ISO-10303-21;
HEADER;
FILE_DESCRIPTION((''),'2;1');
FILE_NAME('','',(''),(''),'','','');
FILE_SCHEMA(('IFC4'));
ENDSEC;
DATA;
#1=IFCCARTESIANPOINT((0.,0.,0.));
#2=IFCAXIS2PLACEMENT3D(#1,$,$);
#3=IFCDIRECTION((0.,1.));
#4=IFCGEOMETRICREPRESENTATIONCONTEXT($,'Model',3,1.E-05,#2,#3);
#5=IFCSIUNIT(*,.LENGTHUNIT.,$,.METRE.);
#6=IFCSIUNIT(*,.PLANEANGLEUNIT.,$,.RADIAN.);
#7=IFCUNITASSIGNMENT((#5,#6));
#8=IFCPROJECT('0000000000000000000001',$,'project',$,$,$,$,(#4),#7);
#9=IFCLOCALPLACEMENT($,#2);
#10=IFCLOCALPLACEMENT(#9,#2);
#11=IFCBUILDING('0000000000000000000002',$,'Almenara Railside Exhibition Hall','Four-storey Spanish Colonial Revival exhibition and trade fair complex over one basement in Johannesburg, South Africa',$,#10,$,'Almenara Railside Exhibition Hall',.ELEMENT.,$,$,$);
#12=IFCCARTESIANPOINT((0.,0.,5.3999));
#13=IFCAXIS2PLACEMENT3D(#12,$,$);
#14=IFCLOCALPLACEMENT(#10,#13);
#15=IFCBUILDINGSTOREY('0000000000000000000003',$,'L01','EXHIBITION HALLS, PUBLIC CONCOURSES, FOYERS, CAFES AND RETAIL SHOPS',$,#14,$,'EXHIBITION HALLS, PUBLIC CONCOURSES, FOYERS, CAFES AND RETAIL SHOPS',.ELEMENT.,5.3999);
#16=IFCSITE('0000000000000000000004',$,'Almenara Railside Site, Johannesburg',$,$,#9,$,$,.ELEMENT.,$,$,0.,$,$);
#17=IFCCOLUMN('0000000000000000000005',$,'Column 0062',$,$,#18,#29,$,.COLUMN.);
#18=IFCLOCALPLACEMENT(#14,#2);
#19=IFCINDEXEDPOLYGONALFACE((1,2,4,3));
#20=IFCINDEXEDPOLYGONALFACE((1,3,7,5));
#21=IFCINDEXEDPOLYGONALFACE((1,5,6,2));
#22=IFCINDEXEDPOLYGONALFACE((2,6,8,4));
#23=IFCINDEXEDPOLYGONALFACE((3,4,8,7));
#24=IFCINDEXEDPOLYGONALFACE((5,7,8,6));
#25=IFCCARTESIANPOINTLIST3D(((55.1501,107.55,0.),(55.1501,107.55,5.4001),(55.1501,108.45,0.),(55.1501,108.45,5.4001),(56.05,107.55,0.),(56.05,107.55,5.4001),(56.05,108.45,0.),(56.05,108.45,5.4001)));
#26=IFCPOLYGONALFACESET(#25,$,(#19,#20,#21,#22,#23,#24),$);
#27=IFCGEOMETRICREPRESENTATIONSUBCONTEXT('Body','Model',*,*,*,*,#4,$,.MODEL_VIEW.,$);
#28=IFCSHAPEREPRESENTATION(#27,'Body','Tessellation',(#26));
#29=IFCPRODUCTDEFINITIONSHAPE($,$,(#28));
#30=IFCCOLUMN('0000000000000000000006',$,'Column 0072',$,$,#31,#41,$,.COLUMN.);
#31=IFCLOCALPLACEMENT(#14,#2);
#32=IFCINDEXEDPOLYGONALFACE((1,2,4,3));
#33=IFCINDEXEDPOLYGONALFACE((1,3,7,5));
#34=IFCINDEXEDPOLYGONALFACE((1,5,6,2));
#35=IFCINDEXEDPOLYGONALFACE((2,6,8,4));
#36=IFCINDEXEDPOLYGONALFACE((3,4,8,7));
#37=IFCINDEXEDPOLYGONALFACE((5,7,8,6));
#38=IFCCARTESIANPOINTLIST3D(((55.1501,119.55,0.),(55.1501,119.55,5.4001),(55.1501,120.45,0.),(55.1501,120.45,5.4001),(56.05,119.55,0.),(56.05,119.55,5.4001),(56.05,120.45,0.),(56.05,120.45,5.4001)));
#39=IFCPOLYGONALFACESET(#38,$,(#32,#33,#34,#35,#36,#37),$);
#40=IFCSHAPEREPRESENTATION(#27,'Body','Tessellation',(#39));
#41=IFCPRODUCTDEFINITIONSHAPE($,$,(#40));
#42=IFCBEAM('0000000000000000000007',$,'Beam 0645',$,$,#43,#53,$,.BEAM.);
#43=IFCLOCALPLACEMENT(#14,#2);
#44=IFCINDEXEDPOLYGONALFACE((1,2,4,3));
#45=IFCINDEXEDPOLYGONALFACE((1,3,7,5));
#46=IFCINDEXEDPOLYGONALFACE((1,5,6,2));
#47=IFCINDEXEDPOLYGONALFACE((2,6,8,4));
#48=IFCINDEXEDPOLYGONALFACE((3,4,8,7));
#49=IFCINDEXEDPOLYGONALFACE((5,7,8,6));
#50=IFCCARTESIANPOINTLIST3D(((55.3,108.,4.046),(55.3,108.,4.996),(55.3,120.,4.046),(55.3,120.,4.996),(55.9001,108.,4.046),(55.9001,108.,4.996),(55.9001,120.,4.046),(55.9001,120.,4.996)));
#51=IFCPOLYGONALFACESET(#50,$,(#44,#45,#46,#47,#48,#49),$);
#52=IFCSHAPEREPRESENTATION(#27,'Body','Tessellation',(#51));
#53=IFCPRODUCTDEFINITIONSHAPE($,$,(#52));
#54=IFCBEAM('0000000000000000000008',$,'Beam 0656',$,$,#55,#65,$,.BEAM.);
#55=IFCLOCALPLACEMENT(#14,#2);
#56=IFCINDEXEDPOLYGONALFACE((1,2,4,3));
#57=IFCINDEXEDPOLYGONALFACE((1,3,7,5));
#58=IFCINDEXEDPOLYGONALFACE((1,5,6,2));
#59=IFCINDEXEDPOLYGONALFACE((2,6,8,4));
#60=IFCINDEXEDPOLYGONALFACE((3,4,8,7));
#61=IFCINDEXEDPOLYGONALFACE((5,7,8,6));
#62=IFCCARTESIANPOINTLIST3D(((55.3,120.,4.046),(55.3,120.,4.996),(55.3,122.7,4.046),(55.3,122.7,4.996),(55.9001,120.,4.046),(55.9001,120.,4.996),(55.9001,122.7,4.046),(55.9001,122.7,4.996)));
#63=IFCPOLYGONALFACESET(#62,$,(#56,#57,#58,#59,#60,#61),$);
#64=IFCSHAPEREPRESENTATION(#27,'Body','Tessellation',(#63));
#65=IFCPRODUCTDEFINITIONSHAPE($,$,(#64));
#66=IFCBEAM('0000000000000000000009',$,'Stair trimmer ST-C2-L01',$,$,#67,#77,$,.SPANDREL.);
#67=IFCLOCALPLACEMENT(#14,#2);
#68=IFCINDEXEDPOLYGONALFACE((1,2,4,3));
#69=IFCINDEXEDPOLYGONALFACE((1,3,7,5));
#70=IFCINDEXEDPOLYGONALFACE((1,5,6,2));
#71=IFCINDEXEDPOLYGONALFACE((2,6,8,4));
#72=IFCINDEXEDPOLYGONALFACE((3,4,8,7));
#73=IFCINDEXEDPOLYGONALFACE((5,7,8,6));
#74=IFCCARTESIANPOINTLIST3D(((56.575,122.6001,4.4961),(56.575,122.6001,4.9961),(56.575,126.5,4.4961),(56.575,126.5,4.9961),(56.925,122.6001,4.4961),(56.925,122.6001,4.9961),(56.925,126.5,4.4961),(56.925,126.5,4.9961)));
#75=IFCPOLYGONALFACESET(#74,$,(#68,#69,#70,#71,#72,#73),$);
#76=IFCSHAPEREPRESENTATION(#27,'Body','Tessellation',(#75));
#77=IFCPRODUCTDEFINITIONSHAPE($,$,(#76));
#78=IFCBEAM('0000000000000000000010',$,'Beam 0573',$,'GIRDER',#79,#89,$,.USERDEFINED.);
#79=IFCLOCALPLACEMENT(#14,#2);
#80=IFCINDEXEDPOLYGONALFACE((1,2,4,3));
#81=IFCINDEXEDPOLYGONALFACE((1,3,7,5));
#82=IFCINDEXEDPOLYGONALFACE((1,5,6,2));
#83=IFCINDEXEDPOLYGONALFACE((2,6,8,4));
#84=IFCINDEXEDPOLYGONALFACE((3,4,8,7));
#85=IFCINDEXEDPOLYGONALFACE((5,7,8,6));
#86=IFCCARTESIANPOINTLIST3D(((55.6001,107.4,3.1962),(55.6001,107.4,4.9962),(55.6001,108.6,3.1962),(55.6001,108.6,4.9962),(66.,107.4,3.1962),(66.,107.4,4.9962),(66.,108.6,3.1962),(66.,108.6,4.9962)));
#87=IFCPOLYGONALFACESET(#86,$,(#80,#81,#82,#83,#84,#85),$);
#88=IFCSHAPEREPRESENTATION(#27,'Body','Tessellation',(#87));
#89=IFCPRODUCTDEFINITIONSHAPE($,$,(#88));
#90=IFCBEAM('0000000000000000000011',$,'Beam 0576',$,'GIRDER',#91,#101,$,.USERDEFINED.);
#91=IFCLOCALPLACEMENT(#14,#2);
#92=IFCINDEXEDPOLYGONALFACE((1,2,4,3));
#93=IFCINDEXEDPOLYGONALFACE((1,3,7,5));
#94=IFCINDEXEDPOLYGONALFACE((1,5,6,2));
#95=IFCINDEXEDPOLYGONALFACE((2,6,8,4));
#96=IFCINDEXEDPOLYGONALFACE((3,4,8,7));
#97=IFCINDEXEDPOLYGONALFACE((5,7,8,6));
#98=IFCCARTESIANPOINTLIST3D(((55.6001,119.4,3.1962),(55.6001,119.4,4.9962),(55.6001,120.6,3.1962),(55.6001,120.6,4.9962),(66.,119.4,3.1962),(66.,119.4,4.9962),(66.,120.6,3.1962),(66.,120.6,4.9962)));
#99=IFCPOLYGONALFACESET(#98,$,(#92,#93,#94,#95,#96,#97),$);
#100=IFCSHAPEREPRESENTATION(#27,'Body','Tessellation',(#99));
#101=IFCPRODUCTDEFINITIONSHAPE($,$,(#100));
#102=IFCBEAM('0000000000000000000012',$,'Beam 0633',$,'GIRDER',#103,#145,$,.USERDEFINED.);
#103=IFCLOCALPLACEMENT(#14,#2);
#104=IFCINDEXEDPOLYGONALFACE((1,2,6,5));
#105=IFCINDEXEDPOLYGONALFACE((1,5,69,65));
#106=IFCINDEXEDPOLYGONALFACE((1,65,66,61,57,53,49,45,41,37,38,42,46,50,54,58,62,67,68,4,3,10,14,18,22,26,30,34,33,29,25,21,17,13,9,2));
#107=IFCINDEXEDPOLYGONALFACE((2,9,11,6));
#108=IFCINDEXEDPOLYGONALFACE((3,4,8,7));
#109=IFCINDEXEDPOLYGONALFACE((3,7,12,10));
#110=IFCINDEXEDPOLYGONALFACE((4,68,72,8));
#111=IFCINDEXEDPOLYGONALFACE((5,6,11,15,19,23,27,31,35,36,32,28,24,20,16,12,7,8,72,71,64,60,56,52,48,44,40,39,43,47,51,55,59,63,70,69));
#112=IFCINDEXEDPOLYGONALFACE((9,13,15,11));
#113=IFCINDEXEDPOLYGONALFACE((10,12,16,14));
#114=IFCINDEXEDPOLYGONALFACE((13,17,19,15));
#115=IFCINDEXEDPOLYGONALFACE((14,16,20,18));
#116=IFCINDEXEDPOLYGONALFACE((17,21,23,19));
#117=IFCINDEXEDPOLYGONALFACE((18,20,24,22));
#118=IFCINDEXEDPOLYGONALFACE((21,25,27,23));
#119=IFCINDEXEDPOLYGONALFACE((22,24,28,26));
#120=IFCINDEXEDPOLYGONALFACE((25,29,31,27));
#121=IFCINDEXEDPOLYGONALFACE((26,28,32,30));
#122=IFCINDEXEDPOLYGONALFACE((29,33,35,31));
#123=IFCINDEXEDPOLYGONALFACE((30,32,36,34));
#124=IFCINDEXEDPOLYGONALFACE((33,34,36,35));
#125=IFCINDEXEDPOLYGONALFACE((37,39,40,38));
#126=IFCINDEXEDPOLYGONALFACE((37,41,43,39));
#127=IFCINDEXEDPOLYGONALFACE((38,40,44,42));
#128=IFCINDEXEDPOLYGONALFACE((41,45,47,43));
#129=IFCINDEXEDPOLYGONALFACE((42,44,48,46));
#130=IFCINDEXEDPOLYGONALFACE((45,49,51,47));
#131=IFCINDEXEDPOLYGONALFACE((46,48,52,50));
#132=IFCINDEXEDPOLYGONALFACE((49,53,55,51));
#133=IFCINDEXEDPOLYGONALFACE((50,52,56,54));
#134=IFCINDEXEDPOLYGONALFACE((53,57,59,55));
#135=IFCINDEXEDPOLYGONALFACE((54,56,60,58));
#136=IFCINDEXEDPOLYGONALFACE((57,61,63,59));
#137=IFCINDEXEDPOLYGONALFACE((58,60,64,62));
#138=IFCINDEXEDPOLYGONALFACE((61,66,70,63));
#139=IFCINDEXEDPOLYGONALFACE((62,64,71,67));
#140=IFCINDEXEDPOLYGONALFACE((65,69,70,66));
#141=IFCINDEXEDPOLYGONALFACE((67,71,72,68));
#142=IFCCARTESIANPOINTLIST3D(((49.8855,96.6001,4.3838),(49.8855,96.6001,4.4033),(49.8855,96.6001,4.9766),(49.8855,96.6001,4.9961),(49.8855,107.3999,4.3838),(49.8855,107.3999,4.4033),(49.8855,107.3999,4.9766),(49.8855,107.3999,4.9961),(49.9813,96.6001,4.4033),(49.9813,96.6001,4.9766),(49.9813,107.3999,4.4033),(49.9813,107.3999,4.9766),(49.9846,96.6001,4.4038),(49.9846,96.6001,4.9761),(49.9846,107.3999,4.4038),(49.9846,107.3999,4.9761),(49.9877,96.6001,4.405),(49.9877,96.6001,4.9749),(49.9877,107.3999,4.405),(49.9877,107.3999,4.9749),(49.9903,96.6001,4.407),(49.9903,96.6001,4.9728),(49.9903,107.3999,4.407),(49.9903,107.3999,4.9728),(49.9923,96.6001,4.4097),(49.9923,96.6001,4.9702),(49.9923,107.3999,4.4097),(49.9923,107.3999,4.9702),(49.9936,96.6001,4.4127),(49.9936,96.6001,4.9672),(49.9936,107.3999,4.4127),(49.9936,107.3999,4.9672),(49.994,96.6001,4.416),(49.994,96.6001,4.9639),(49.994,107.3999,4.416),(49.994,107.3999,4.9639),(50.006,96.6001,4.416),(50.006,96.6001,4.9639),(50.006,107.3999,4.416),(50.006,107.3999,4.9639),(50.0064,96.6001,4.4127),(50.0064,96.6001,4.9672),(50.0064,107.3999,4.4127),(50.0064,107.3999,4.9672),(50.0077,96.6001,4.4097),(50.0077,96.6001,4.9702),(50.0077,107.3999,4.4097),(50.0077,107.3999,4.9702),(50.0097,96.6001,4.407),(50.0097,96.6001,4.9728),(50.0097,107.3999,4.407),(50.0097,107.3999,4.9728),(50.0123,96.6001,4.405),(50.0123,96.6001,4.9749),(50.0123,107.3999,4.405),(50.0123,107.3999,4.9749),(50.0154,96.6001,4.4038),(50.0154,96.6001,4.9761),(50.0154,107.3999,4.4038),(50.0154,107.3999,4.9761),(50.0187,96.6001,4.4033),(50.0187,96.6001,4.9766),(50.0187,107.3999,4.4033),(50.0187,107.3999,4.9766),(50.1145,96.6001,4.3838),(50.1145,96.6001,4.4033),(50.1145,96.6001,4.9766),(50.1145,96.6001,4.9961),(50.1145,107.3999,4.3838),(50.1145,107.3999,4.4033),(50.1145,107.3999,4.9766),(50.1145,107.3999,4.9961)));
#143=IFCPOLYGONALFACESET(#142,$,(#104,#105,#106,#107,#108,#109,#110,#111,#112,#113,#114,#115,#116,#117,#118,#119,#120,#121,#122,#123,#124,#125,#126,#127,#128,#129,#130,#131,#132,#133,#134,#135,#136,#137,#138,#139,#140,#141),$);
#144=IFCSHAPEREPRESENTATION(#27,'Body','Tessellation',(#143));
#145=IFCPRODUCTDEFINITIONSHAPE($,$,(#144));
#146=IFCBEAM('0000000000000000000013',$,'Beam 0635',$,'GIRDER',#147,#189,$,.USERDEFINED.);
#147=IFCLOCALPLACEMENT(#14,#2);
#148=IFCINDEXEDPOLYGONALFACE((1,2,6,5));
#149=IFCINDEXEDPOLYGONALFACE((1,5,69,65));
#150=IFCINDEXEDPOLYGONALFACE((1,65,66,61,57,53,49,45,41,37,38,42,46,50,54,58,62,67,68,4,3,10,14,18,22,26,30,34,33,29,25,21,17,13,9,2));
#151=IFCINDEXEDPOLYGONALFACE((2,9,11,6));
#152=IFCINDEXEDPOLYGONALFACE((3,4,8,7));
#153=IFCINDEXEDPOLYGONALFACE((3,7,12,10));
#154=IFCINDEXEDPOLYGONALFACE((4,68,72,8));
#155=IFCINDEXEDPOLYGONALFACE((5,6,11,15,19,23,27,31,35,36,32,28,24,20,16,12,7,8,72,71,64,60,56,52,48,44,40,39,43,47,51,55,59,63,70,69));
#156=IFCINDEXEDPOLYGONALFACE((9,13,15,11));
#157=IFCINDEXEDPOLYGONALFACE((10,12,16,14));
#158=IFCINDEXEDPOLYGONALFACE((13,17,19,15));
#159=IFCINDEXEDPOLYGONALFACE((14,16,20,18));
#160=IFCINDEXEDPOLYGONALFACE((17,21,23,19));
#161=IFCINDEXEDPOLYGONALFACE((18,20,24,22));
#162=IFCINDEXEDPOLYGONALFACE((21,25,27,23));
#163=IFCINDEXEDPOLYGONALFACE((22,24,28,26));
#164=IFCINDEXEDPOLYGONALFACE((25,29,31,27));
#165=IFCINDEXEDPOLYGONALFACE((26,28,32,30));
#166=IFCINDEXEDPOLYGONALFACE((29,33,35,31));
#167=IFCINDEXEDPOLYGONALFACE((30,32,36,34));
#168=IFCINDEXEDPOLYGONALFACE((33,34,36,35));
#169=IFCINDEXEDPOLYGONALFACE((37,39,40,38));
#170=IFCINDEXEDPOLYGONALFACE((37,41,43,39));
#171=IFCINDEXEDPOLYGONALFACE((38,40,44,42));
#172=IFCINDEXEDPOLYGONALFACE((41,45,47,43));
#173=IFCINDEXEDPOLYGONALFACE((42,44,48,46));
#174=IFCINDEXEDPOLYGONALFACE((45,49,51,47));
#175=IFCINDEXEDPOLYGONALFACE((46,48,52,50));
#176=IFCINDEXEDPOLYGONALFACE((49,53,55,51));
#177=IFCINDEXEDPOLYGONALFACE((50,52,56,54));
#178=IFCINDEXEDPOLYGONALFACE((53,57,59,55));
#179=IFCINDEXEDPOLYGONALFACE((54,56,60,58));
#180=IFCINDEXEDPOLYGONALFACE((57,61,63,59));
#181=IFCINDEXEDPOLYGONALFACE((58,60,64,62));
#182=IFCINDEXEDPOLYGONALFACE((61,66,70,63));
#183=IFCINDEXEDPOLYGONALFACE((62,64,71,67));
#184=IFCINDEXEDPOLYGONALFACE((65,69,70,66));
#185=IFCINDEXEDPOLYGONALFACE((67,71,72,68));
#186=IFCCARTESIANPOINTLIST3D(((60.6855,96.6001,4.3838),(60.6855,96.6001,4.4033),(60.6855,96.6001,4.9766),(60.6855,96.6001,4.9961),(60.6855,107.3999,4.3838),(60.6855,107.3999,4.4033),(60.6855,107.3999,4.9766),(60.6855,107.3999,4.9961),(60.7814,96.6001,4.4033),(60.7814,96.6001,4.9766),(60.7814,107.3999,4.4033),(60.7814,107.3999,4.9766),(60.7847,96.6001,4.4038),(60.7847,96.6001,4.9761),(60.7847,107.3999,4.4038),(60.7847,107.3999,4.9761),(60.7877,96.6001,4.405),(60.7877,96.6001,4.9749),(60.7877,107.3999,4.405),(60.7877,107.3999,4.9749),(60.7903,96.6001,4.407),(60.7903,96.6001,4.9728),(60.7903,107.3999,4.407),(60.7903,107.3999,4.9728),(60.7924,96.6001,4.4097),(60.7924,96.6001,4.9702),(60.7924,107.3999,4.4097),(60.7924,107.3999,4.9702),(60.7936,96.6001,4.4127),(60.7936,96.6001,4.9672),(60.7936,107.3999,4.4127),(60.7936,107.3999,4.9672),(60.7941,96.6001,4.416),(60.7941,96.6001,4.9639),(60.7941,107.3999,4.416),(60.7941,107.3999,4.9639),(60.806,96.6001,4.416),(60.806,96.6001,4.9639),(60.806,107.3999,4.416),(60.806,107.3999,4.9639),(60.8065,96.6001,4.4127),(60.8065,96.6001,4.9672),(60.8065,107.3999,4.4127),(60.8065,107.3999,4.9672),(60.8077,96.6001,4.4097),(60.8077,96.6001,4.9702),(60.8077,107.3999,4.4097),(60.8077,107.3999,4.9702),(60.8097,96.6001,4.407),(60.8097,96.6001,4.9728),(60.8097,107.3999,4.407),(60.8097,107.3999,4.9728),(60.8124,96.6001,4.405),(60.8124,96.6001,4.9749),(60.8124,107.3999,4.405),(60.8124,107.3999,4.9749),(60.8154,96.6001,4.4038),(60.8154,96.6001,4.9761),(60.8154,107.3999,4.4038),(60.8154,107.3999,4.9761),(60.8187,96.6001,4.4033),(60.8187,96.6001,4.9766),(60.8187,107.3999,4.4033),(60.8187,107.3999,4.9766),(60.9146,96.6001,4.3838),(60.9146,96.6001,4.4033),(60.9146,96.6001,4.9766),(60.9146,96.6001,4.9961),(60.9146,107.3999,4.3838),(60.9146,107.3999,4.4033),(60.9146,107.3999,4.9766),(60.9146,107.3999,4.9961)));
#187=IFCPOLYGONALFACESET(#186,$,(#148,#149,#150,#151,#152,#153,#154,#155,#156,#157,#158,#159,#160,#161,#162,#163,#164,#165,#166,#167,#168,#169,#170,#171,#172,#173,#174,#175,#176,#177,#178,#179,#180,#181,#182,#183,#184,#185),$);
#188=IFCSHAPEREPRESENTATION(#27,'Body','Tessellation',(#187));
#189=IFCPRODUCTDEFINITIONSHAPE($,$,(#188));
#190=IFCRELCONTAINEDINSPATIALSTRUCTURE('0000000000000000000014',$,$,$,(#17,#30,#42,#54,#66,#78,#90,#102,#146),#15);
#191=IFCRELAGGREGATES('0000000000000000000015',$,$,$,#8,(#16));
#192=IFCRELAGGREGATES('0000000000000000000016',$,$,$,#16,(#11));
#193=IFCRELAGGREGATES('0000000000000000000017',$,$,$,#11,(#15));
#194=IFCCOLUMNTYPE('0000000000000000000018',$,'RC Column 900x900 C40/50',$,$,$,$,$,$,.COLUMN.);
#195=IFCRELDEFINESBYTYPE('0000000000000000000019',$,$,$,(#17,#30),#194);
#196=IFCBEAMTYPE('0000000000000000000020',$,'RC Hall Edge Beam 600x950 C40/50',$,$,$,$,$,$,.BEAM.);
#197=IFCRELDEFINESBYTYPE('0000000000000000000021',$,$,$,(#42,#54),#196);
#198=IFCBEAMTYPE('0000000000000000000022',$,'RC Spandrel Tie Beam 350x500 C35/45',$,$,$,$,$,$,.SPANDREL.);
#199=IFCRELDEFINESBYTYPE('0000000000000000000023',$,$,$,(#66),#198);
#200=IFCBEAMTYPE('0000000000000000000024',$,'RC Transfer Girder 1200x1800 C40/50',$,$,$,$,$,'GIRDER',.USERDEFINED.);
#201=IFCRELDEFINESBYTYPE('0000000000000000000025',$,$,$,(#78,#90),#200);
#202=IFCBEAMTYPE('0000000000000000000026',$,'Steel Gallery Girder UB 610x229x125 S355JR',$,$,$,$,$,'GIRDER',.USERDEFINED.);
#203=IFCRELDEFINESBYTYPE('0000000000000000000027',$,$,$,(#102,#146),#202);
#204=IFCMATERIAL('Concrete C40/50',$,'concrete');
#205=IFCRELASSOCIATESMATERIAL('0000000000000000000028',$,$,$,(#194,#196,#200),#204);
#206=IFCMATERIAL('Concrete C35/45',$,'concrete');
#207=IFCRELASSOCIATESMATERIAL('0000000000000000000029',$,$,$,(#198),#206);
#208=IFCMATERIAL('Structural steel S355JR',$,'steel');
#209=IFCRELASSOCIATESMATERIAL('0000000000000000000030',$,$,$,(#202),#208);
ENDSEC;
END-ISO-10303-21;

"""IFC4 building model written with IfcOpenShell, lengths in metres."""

from ifc_helpers import new_model, si_unit, direction, frame, origin, origin_2d, place, context, subcontext, project, spatial, rectangle, i_section, extrude, material, material_profile, profile_set, type_object, element, save


model = new_model("IFC4")

# Units and contexts
model_context = context("Model", 3, precision=1e-05, world=origin(), true_north=direction((0.0, 1.0)))
body_context = subcontext(model_context, "Body", "Model", "MODEL_VIEW")
ifc_project = project(units=[si_unit("LENGTHUNIT", "METRE"), si_unit("PLANEANGLEUNIT", "RADIAN")], contexts=[model_context])

# Site, building, storey
site_placement = place(None, origin())
site = spatial("IfcSite", under=ifc_project, at=site_placement, Name="Almenara Railside Site, Johannesburg", CompositionType="ELEMENT", RefElevation=0.0)
building_placement = place(site_placement, origin())
building = spatial("IfcBuilding", under=site, at=building_placement, Name="Almenara Railside Exhibition Hall", Description="Four-storey Spanish Colonial Revival exhibition and trade fair complex over one basement in Johannesburg, South Africa", LongName="Almenara Railside Exhibition Hall", CompositionType="ELEMENT")
storey_placement = place(building_placement, frame((0.0, 0.0, 5.3999)))
storey = spatial("IfcBuildingStorey", under=building, at=storey_placement, Name="L01", Description="EXHIBITION HALLS, PUBLIC CONCOURSES, FOYERS, CAFES AND RETAIL SHOPS", LongName="EXHIBITION HALLS, PUBLIC CONCOURSES, FOYERS, CAFES AND RETAIL SHOPS", CompositionType="ELEMENT", Elevation=5.3999)

# Columns
ifc_material_1 = material(Name="Concrete C40/50", Category="concrete")
ifc_material_profile_1 = material_profile(ifc_material_1, rectangle(XDim=0.8999, YDim=0.8999, at=origin_2d()), Name="RC 900x900")
ifc_profile_set_1 = profile_set([ifc_material_profile_1], Name="Concrete C40/50")
column_type = type_object("IfcColumnType", Name="RC Column 900x900 C40/50", PredefinedType="COLUMN", material=ifc_profile_set_1)
for number, where, z_axis, x_axis, name in (
    (1, (55.6001, 108.0, 0.0), (0.0, 0.0, 1.0), (1.0, 0.0, 0.0), "Column 0062"),
    (2, (55.6001, 120.0, 0.0), (0.0, 0.0, 1.0), (1.0, 0.0, 0.0), "Column 0072"),
):
    element("IfcColumn", number, at=place(storey_placement, frame(where, z_axis=z_axis, x_axis=x_axis)), inside=storey, type_object=column_type, Name=name, PredefinedType="COLUMN", context=body_context, shape_type="SweptSolid", body=[
        extrude(rectangle(XDim=0.8999, YDim=0.8999, at=origin_2d()), origin(), (0.0, 0.0, 1.0), 5.4001),
    ])

# Beams
ifc_material_profile_2 = material_profile(ifc_material_1, rectangle(XDim=0.6001, YDim=0.95, at=origin_2d()), Name="RC 600x950")
ifc_profile_set_2 = profile_set([ifc_material_profile_2], Name="Concrete C40/50")
beam_type_1 = type_object("IfcBeamType", Name="RC Hall Edge Beam 600x950 C40/50", PredefinedType="BEAM", material=ifc_profile_set_2)
beam_1_placement = place(storey_placement, frame((55.6001, 108.0, 4.521), z_axis=(0.0, 1.0, 0.0), x_axis=(-1.0, 0.0, 0.0)))
element("IfcBeam", 3, at=beam_1_placement, inside=storey, type_object=beam_type_1, Name="Beam 0645", PredefinedType="BEAM", context=body_context, shape_type="SweptSolid", body=[
    extrude(rectangle(XDim=0.6001, YDim=0.95, at=origin_2d()), origin(), (0.0, 0.0, 1.0), 12.0),
])
beam_2_placement = place(storey_placement, frame((55.6001, 120.0, 4.521), z_axis=(0.0, 1.0, 0.0), x_axis=(-1.0, 0.0, 0.0)))
element("IfcBeam", 4, at=beam_2_placement, inside=storey, type_object=beam_type_1, Name="Beam 0656", PredefinedType="BEAM", context=body_context, shape_type="SweptSolid", body=[
    extrude(rectangle(XDim=0.6001, YDim=0.95, at=origin_2d()), origin(), (0.0, 0.0, 1.0), 2.7),
])
ifc_material_2 = material(Name="Concrete C35/45", Category="concrete")
ifc_material_profile_3 = material_profile(ifc_material_2, rectangle(XDim=0.3501, YDim=0.5, at=origin_2d()), Name="RC 350x500")
ifc_profile_set_3 = profile_set([ifc_material_profile_3], Name="Concrete C35/45")
beam_type_2 = type_object("IfcBeamType", Name="RC Spandrel Tie Beam 350x500 C35/45", PredefinedType="SPANDREL", material=ifc_profile_set_3)
beam_3_placement = place(storey_placement, frame((56.75, 122.6001, 4.7461), z_axis=(0.0, 1.0, 0.0), x_axis=(-1.0, 0.0, 0.0)))
element("IfcBeam", 5, at=beam_3_placement, inside=storey, type_object=beam_type_2, Name="Stair trimmer ST-C2-L01", PredefinedType="SPANDREL", context=body_context, shape_type="SweptSolid", body=[
    extrude(rectangle(XDim=0.3501, YDim=0.5, at=origin_2d()), origin(), (0.0, 0.0, 1.0), 3.8999),
])
ifc_material_profile_4 = material_profile(ifc_material_1, rectangle(XDim=1.2, YDim=1.8, at=origin_2d()), Name="RC 1200x1800")
ifc_profile_set_4 = profile_set([ifc_material_profile_4], Name="Concrete C40/50")
beam_type_3 = type_object("IfcBeamType", Name="RC Transfer Girder 1200x1800 C40/50", ElementType="GIRDER", PredefinedType="USERDEFINED", material=ifc_profile_set_4)
for number, where, z_axis, x_axis, name in (
    (6, (55.6001, 108.0, 4.0962), (1.0, 0.0, 0.0), (0.0, 1.0, 0.0), "Beam 0573"),
    (7, (55.6001, 120.0, 4.0962), (1.0, 0.0, 0.0), (0.0, 1.0, 0.0), "Beam 0576"),
):
    element("IfcBeam", number, at=place(storey_placement, frame(where, z_axis=z_axis, x_axis=x_axis)), inside=storey, type_object=beam_type_3, Name=name, ObjectType="GIRDER", PredefinedType="USERDEFINED", context=body_context, shape_type="SweptSolid", body=[
        extrude(rectangle(XDim=1.2, YDim=1.8, at=origin_2d()), origin(), (0.0, 0.0, 1.0), 10.3999),
    ])
ifc_material_3 = material(Name="Structural steel S355JR", Category="steel")
ifc_material_profile_5 = material_profile(ifc_material_3, i_section(OverallWidth=0.229, OverallDepth=0.6123, WebThickness=0.012, FlangeThickness=0.0195, FilletRadius=0.0127, at=origin_2d()), Name="UB 610x229x125")
ifc_profile_set_5 = profile_set([ifc_material_profile_5], Name="Structural steel S355JR")
beam_type_4 = type_object("IfcBeamType", Name="Steel Gallery Girder UB 610x229x125 S355JR", ElementType="GIRDER", PredefinedType="USERDEFINED", material=ifc_profile_set_5)
for number, where, z_axis, x_axis, name in (
    (8, (50.0, 96.6001, 4.6899), (0.0, 1.0, 0.0), (-1.0, 0.0, 0.0), "Beam 0633"),
    (9, (60.8, 96.6001, 4.6899), (0.0, 1.0, 0.0), (-1.0, 0.0, 0.0), "Beam 0635"),
):
    element("IfcBeam", number, at=place(storey_placement, frame(where, z_axis=z_axis, x_axis=x_axis)), inside=storey, type_object=beam_type_4, Name=name, ObjectType="GIRDER", PredefinedType="USERDEFINED", context=body_context, shape_type="SweptSolid", body=[
        extrude(i_section(OverallWidth=0.229, OverallDepth=0.6123, WebThickness=0.012, FlangeThickness=0.0195, FilletRadius=0.0127, at=origin_2d()), origin(), (0.0, 0.0, 1.0), 10.7998),
    ])

save(model, "model.ifc")
